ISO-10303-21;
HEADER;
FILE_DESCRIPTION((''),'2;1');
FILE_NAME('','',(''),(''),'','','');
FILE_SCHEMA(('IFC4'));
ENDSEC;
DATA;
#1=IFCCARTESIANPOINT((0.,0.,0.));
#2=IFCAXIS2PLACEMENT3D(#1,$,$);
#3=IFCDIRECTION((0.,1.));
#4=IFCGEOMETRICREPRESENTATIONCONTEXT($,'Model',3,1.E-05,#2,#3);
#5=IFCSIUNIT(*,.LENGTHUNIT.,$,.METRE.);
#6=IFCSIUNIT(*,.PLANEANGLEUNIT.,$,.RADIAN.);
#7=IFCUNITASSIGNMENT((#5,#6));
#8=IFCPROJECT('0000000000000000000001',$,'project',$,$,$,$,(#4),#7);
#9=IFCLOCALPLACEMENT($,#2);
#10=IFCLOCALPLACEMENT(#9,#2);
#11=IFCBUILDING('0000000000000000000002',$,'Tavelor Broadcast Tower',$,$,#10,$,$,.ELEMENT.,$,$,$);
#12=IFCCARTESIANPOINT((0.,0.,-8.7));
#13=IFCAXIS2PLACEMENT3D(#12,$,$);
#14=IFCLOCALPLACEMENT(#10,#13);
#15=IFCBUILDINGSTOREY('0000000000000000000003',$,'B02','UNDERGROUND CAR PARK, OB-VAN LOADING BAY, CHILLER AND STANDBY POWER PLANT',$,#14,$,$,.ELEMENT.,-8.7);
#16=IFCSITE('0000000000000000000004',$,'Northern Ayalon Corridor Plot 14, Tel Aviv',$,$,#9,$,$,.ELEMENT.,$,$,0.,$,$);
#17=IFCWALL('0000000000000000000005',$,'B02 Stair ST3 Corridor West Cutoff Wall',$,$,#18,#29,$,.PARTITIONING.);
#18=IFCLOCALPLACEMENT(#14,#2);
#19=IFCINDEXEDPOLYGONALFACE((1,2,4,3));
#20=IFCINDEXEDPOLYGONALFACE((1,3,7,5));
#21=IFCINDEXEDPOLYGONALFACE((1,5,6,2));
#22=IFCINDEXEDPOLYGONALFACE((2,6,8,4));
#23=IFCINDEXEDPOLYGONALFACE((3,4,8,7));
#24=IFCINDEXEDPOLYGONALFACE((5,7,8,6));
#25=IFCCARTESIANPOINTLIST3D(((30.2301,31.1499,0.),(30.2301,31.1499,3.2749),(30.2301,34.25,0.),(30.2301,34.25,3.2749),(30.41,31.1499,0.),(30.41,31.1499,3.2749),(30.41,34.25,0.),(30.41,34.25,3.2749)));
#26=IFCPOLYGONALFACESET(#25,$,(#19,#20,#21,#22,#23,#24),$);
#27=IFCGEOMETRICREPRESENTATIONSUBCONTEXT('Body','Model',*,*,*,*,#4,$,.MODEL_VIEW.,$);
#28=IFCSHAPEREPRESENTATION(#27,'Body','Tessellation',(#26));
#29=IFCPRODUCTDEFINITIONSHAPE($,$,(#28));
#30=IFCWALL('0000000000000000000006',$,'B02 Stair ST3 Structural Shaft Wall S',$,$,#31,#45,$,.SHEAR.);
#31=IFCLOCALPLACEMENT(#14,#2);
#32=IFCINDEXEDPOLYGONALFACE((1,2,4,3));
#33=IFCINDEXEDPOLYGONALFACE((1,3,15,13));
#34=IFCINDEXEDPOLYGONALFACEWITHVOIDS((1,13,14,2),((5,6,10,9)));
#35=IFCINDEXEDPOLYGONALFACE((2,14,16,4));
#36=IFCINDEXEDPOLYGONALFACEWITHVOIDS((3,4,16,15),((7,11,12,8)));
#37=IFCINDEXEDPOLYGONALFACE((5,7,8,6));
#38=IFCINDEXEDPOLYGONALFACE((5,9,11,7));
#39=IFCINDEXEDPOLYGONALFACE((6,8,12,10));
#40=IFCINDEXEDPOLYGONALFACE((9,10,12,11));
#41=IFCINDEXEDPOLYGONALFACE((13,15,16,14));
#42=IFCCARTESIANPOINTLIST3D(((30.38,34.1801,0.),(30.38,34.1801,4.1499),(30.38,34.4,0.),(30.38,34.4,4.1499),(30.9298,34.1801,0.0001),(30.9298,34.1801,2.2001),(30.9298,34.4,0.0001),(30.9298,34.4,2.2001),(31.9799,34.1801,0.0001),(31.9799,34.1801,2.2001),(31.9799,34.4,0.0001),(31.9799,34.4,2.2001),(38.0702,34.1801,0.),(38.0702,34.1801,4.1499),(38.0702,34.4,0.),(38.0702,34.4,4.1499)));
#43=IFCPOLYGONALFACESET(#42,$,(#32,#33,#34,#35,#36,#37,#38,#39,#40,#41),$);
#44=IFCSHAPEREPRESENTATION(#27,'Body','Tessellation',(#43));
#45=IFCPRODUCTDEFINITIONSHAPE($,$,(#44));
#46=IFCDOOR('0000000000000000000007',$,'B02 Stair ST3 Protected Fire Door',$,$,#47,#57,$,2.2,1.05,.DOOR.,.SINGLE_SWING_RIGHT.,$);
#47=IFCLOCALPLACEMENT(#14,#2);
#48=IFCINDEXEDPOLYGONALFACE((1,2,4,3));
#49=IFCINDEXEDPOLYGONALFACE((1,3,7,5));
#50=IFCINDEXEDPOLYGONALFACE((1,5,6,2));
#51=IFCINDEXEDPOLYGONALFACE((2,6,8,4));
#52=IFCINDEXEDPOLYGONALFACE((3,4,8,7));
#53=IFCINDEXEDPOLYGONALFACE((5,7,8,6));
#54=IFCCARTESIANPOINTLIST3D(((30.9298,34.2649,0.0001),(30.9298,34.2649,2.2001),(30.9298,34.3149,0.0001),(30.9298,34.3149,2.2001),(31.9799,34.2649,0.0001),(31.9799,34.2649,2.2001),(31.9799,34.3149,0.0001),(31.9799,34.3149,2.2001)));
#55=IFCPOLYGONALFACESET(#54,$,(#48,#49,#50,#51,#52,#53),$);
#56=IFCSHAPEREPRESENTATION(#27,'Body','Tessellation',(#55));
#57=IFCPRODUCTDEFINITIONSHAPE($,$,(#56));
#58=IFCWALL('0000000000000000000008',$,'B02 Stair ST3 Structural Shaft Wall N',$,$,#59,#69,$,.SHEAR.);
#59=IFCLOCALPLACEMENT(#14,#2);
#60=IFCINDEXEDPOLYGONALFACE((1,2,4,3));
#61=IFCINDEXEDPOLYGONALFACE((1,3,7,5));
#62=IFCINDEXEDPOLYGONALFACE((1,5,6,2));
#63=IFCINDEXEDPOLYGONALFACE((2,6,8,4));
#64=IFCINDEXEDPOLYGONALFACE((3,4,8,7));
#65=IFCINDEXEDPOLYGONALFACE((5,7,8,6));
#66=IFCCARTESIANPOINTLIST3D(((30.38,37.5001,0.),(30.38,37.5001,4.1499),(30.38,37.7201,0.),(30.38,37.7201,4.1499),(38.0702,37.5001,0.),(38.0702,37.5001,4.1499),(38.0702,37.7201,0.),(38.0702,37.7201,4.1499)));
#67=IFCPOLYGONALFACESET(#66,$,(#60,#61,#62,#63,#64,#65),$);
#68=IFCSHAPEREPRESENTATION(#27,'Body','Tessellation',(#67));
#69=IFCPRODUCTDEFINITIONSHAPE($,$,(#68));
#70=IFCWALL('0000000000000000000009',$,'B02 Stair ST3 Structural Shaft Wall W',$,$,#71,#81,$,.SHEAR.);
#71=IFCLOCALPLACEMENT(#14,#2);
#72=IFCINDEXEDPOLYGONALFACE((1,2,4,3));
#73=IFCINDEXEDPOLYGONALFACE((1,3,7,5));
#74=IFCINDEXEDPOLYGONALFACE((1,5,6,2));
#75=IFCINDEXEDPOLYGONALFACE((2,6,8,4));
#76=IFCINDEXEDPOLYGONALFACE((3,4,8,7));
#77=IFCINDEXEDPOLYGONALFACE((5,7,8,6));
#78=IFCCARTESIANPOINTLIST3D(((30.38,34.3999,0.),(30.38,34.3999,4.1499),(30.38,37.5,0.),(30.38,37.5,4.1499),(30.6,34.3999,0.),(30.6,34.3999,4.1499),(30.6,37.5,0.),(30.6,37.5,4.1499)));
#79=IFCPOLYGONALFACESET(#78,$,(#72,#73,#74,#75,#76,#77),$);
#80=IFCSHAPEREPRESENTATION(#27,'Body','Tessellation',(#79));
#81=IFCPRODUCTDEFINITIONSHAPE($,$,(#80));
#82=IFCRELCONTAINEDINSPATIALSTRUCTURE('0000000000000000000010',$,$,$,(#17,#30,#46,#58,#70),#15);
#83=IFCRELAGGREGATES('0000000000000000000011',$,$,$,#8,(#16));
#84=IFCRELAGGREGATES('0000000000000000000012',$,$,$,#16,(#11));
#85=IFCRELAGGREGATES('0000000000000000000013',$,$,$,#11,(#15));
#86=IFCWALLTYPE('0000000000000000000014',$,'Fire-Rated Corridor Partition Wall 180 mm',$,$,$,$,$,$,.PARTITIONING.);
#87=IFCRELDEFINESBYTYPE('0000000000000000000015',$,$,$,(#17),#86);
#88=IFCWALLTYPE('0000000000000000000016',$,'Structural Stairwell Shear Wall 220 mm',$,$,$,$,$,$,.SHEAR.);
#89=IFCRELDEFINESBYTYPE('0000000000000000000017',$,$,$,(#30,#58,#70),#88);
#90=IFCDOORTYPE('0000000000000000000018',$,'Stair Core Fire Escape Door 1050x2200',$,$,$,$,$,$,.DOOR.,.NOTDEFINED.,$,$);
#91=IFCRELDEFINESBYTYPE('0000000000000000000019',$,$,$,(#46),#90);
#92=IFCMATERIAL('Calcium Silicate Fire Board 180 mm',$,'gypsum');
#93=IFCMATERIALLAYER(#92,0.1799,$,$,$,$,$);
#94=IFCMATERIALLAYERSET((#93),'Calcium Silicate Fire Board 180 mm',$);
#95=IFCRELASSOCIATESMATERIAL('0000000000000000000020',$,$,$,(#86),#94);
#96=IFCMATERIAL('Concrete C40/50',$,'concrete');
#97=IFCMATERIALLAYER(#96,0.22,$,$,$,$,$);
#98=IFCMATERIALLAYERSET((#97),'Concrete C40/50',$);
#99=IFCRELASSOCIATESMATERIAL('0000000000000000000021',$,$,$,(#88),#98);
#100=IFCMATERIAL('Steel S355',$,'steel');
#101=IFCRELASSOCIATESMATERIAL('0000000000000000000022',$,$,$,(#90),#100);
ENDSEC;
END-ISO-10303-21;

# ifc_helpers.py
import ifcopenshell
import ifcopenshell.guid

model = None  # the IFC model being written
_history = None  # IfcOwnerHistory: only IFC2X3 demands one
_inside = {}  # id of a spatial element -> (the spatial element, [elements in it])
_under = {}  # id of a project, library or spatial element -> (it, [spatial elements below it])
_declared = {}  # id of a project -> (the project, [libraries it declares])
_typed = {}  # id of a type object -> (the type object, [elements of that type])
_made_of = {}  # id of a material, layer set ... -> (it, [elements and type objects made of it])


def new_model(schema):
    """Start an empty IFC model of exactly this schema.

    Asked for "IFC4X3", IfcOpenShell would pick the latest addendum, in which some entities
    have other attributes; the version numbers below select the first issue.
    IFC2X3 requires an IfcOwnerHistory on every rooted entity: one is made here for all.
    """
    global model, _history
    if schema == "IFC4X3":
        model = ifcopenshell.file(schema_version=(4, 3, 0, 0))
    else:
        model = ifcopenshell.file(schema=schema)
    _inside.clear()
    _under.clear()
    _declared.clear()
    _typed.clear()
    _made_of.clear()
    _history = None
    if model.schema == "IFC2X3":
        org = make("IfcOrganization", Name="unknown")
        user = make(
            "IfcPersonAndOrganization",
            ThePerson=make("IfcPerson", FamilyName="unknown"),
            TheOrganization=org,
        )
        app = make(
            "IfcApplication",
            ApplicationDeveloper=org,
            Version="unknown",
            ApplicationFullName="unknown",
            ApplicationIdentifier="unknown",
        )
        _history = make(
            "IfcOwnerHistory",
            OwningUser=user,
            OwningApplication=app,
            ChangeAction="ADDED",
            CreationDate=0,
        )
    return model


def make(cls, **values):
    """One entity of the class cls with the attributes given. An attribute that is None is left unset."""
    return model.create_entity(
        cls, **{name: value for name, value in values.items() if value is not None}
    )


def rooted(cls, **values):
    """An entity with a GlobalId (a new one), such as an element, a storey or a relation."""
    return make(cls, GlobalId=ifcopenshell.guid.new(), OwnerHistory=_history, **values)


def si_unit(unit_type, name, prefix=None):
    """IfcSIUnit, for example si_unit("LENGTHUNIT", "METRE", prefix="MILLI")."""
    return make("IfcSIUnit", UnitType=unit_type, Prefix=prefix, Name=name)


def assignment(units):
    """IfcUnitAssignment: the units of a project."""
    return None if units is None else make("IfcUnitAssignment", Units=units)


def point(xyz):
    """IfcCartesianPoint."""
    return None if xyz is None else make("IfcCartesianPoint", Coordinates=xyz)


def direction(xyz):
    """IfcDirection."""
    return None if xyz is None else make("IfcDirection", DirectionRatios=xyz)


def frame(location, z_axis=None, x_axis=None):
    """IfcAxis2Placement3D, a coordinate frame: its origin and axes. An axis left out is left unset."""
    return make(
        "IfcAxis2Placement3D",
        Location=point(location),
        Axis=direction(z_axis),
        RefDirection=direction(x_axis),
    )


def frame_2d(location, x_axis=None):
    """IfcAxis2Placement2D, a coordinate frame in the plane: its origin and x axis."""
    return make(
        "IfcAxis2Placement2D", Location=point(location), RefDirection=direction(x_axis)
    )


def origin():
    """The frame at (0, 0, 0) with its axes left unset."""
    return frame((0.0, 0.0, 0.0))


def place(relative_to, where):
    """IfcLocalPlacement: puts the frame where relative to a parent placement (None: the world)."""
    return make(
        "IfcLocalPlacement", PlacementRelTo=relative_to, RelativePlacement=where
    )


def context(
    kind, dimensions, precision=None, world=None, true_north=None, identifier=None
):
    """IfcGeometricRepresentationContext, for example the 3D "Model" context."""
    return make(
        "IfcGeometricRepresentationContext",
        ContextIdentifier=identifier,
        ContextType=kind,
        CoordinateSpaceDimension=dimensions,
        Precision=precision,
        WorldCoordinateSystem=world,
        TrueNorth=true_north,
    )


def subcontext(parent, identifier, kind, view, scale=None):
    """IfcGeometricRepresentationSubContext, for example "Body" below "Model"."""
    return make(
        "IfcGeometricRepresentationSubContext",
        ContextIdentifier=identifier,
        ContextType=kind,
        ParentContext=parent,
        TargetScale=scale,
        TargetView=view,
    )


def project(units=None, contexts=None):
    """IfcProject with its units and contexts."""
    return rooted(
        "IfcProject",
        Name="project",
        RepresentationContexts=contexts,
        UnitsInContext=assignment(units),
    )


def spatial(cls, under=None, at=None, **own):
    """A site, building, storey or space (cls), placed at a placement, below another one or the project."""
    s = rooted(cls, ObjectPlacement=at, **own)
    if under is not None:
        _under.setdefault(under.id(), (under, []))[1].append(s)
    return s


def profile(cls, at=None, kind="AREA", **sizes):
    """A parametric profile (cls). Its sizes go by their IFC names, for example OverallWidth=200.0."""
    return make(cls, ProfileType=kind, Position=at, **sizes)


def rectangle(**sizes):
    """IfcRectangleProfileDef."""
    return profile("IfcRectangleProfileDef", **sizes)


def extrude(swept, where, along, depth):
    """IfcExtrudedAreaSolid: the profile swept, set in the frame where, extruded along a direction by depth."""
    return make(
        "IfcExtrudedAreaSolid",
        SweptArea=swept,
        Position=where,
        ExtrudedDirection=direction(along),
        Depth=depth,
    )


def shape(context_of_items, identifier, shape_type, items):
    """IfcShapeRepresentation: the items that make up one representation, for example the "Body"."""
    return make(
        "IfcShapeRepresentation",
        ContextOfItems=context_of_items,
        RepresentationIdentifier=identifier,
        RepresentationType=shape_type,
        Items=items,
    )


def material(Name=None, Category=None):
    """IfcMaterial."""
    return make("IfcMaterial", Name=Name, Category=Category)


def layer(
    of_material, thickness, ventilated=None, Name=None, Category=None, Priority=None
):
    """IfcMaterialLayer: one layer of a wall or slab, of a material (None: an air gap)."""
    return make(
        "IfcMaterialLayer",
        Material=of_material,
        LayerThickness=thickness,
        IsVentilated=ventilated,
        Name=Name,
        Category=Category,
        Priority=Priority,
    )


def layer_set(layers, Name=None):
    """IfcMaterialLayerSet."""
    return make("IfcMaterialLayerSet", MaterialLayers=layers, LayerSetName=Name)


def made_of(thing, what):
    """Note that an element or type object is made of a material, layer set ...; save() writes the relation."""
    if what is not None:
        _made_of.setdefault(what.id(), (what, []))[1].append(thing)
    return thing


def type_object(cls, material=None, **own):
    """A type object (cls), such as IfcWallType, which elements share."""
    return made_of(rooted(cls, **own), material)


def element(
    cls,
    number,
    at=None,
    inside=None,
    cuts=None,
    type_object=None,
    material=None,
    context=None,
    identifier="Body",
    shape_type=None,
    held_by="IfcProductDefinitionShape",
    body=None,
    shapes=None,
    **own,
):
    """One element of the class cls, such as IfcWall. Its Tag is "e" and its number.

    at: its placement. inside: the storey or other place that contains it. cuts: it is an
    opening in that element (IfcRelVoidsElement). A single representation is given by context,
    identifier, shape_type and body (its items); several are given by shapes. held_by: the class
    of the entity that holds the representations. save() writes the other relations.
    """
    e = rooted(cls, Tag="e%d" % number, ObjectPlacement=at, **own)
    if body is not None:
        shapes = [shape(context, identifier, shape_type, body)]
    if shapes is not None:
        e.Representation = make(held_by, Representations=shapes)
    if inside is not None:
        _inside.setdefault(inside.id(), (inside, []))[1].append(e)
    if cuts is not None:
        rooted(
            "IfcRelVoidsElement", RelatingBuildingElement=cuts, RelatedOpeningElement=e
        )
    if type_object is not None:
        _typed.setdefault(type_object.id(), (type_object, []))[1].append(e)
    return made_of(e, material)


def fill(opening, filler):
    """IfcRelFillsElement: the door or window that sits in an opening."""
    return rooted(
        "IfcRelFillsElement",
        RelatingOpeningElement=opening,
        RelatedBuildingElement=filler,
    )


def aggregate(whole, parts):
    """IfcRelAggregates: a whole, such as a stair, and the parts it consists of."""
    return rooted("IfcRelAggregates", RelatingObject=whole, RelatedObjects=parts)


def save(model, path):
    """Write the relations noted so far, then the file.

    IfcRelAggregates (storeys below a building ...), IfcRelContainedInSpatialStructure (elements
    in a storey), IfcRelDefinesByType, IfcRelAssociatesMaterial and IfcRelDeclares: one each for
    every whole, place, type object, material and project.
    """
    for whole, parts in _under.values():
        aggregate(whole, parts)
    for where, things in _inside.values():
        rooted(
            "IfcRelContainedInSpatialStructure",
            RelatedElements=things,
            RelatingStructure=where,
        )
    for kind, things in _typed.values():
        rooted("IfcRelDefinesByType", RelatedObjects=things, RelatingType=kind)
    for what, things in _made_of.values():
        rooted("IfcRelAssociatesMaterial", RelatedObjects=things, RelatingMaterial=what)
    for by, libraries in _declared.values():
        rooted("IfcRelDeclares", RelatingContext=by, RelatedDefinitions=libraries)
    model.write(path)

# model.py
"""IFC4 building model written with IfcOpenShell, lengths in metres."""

from ifc_helpers import new_model, si_unit, direction, frame, frame_2d, origin, place, context, subcontext, project, spatial, rectangle, extrude, material, layer, layer_set, type_object, element, fill, save


model = new_model("IFC4")

# Units and contexts
model_context = context("Model", 3, precision=1e-05, world=origin(), true_north=direction((0.0, 1.0)))
body_context = subcontext(model_context, "Body", "Model", "MODEL_VIEW")
ifc_project = project(units=[si_unit("LENGTHUNIT", "METRE"), si_unit("PLANEANGLEUNIT", "RADIAN")], contexts=[model_context])

# Site, building, storey
site_placement = place(None, origin())
site = spatial("IfcSite", under=ifc_project, at=site_placement, Name="Northern Ayalon Corridor Plot 14, Tel Aviv", CompositionType="ELEMENT", RefElevation=0.0)
building_placement = place(site_placement, origin())
building = spatial("IfcBuilding", under=site, at=building_placement, Name="Tavelor Broadcast Tower", CompositionType="ELEMENT")
storey_placement = place(building_placement, frame((0.0, 0.0, -8.7)))
storey = spatial("IfcBuildingStorey", under=building, at=storey_placement, Name="B02", Description="UNDERGROUND CAR PARK, OB-VAN LOADING BAY, CHILLER AND STANDBY POWER PLANT", CompositionType="ELEMENT", Elevation=-8.7)

# Shared definitions
ifc_material_1 = material(Name="Concrete C40/50", Category="concrete")

# Shared definitions
ifc_material_2 = material(Name="Steel S355", Category="steel")

# Shared definitions
ifc_material_3 = material(Name="Calcium Silicate Fire Board 180 mm", Category="gypsum")
ifc_layer_1 = layer(ifc_material_3, 0.1799)
ifc_layer_set_1 = layer_set([ifc_layer_1], Name="Calcium Silicate Fire Board 180 mm")
wall_type_1 = type_object("IfcWallType", Name="Fire-Rated Corridor Partition Wall 180 mm", PredefinedType="PARTITIONING", material=ifc_layer_set_1)

# Wall
wall_1_placement = place(storey_placement, frame((30.3201, 31.1499, 0.0), z_axis=(0.0, 0.0, 1.0), x_axis=(0.0, 1.0, 0.0)))
element("IfcWall", 1, at=wall_1_placement, inside=storey, type_object=wall_type_1, Name="B02 Stair ST3 Corridor West Cutoff Wall", PredefinedType="PARTITIONING", context=body_context, shape_type="SweptSolid", body=[
    extrude(rectangle(XDim=3.1001, YDim=0.1799, at=frame_2d((1.55, 0.0))), origin(), (0.0, 0.0, 1.0), 3.2749),
])

# Wall, opening, door
ifc_layer_2 = layer(ifc_material_1, 0.22)
ifc_layer_set_2 = layer_set([ifc_layer_2], Name="Concrete C40/50")
wall_type_2 = type_object("IfcWallType", Name="Structural Stairwell Shear Wall 220 mm", PredefinedType="SHEAR", material=ifc_layer_set_2)
wall_2_placement = place(storey_placement, frame((30.3799, 34.29, 0.0), z_axis=(0.0, 0.0, 1.0), x_axis=(1.0, 0.0, 0.0)))
wall_2 = element("IfcWall", 2, at=wall_2_placement, inside=storey, type_object=wall_type_2, Name="B02 Stair ST3 Structural Shaft Wall S", PredefinedType="SHEAR", context=body_context, shape_type="SweptSolid", body=[
    extrude(rectangle(XDim=7.6902, YDim=0.22, at=frame_2d((3.8452, 0.0))), origin(), (0.0, 0.0, 1.0), 4.1499),
])
opening_1_placement = place(wall_2_placement, frame((0.55, 0.0, 0.0)))
opening_1 = element("IfcOpeningElement", 3, at=opening_1_placement, cuts=wall_2, PredefinedType="OPENING", context=body_context, shape_type="SweptSolid", body=[
    extrude(rectangle(XDim=1.05, YDim=2.2, at=frame_2d((0.5249, 1.1001))), frame((0.0, 0.1201, 0.0), z_axis=(0.0, -1.0, 0.0), x_axis=(1.0, 0.0, 0.0)), (0.0, 0.0, 1.0), 0.24),
])
door_type_1 = type_object("IfcDoorType", Name="Stair Core Fire Escape Door 1050x2200", OperationType="NOTDEFINED", PredefinedType="DOOR", material=ifc_material_2)
door_1_placement = place(opening_1_placement, origin())
door_1 = element("IfcDoor", 4, at=door_1_placement, inside=storey, type_object=door_type_1, Name="B02 Stair ST3 Protected Fire Door", OperationType="SINGLE_SWING_RIGHT", OverallHeight=2.2, OverallWidth=1.05, PredefinedType="DOOR", context=body_context, shape_type="SweptSolid", body=[
    extrude(rectangle(XDim=1.05, YDim=2.2, at=frame_2d((0.5249, 1.1001))), frame((0.0, 0.0249, 0.0), z_axis=(0.0, -1.0, 0.0), x_axis=(1.0, 0.0, 0.0)), (0.0, 0.0, 1.0), 0.05),
])
fill(opening_1, door_1)

# Walls
wall_3_placement = place(storey_placement, frame((30.3799, 37.6101, 0.0), z_axis=(0.0, 0.0, 1.0), x_axis=(1.0, 0.0, 0.0)))
element("IfcWall", 5, at=wall_3_placement, inside=storey, type_object=wall_type_2, Name="B02 Stair ST3 Structural Shaft Wall N", PredefinedType="SHEAR", context=body_context, shape_type="SweptSolid", body=[
    extrude(rectangle(XDim=7.6902, YDim=0.22, at=frame_2d((3.8452, 0.0))), origin(), (0.0, 0.0, 1.0), 4.1499),
])
wall_4_placement = place(storey_placement, frame((30.49, 34.3999, 0.0), z_axis=(0.0, 0.0, 1.0), x_axis=(0.0, 1.0, 0.0)))
element("IfcWall", 6, at=wall_4_placement, inside=storey, type_object=wall_type_2, Name="B02 Stair ST3 Structural Shaft Wall W", PredefinedType="SHEAR", context=body_context, shape_type="SweptSolid", body=[
    extrude(rectangle(XDim=3.1001, YDim=0.22, at=frame_2d((1.55, 0.0))), origin(), (0.0, 0.0, 1.0), 4.1499),
])

save(model, "model.ifc")
